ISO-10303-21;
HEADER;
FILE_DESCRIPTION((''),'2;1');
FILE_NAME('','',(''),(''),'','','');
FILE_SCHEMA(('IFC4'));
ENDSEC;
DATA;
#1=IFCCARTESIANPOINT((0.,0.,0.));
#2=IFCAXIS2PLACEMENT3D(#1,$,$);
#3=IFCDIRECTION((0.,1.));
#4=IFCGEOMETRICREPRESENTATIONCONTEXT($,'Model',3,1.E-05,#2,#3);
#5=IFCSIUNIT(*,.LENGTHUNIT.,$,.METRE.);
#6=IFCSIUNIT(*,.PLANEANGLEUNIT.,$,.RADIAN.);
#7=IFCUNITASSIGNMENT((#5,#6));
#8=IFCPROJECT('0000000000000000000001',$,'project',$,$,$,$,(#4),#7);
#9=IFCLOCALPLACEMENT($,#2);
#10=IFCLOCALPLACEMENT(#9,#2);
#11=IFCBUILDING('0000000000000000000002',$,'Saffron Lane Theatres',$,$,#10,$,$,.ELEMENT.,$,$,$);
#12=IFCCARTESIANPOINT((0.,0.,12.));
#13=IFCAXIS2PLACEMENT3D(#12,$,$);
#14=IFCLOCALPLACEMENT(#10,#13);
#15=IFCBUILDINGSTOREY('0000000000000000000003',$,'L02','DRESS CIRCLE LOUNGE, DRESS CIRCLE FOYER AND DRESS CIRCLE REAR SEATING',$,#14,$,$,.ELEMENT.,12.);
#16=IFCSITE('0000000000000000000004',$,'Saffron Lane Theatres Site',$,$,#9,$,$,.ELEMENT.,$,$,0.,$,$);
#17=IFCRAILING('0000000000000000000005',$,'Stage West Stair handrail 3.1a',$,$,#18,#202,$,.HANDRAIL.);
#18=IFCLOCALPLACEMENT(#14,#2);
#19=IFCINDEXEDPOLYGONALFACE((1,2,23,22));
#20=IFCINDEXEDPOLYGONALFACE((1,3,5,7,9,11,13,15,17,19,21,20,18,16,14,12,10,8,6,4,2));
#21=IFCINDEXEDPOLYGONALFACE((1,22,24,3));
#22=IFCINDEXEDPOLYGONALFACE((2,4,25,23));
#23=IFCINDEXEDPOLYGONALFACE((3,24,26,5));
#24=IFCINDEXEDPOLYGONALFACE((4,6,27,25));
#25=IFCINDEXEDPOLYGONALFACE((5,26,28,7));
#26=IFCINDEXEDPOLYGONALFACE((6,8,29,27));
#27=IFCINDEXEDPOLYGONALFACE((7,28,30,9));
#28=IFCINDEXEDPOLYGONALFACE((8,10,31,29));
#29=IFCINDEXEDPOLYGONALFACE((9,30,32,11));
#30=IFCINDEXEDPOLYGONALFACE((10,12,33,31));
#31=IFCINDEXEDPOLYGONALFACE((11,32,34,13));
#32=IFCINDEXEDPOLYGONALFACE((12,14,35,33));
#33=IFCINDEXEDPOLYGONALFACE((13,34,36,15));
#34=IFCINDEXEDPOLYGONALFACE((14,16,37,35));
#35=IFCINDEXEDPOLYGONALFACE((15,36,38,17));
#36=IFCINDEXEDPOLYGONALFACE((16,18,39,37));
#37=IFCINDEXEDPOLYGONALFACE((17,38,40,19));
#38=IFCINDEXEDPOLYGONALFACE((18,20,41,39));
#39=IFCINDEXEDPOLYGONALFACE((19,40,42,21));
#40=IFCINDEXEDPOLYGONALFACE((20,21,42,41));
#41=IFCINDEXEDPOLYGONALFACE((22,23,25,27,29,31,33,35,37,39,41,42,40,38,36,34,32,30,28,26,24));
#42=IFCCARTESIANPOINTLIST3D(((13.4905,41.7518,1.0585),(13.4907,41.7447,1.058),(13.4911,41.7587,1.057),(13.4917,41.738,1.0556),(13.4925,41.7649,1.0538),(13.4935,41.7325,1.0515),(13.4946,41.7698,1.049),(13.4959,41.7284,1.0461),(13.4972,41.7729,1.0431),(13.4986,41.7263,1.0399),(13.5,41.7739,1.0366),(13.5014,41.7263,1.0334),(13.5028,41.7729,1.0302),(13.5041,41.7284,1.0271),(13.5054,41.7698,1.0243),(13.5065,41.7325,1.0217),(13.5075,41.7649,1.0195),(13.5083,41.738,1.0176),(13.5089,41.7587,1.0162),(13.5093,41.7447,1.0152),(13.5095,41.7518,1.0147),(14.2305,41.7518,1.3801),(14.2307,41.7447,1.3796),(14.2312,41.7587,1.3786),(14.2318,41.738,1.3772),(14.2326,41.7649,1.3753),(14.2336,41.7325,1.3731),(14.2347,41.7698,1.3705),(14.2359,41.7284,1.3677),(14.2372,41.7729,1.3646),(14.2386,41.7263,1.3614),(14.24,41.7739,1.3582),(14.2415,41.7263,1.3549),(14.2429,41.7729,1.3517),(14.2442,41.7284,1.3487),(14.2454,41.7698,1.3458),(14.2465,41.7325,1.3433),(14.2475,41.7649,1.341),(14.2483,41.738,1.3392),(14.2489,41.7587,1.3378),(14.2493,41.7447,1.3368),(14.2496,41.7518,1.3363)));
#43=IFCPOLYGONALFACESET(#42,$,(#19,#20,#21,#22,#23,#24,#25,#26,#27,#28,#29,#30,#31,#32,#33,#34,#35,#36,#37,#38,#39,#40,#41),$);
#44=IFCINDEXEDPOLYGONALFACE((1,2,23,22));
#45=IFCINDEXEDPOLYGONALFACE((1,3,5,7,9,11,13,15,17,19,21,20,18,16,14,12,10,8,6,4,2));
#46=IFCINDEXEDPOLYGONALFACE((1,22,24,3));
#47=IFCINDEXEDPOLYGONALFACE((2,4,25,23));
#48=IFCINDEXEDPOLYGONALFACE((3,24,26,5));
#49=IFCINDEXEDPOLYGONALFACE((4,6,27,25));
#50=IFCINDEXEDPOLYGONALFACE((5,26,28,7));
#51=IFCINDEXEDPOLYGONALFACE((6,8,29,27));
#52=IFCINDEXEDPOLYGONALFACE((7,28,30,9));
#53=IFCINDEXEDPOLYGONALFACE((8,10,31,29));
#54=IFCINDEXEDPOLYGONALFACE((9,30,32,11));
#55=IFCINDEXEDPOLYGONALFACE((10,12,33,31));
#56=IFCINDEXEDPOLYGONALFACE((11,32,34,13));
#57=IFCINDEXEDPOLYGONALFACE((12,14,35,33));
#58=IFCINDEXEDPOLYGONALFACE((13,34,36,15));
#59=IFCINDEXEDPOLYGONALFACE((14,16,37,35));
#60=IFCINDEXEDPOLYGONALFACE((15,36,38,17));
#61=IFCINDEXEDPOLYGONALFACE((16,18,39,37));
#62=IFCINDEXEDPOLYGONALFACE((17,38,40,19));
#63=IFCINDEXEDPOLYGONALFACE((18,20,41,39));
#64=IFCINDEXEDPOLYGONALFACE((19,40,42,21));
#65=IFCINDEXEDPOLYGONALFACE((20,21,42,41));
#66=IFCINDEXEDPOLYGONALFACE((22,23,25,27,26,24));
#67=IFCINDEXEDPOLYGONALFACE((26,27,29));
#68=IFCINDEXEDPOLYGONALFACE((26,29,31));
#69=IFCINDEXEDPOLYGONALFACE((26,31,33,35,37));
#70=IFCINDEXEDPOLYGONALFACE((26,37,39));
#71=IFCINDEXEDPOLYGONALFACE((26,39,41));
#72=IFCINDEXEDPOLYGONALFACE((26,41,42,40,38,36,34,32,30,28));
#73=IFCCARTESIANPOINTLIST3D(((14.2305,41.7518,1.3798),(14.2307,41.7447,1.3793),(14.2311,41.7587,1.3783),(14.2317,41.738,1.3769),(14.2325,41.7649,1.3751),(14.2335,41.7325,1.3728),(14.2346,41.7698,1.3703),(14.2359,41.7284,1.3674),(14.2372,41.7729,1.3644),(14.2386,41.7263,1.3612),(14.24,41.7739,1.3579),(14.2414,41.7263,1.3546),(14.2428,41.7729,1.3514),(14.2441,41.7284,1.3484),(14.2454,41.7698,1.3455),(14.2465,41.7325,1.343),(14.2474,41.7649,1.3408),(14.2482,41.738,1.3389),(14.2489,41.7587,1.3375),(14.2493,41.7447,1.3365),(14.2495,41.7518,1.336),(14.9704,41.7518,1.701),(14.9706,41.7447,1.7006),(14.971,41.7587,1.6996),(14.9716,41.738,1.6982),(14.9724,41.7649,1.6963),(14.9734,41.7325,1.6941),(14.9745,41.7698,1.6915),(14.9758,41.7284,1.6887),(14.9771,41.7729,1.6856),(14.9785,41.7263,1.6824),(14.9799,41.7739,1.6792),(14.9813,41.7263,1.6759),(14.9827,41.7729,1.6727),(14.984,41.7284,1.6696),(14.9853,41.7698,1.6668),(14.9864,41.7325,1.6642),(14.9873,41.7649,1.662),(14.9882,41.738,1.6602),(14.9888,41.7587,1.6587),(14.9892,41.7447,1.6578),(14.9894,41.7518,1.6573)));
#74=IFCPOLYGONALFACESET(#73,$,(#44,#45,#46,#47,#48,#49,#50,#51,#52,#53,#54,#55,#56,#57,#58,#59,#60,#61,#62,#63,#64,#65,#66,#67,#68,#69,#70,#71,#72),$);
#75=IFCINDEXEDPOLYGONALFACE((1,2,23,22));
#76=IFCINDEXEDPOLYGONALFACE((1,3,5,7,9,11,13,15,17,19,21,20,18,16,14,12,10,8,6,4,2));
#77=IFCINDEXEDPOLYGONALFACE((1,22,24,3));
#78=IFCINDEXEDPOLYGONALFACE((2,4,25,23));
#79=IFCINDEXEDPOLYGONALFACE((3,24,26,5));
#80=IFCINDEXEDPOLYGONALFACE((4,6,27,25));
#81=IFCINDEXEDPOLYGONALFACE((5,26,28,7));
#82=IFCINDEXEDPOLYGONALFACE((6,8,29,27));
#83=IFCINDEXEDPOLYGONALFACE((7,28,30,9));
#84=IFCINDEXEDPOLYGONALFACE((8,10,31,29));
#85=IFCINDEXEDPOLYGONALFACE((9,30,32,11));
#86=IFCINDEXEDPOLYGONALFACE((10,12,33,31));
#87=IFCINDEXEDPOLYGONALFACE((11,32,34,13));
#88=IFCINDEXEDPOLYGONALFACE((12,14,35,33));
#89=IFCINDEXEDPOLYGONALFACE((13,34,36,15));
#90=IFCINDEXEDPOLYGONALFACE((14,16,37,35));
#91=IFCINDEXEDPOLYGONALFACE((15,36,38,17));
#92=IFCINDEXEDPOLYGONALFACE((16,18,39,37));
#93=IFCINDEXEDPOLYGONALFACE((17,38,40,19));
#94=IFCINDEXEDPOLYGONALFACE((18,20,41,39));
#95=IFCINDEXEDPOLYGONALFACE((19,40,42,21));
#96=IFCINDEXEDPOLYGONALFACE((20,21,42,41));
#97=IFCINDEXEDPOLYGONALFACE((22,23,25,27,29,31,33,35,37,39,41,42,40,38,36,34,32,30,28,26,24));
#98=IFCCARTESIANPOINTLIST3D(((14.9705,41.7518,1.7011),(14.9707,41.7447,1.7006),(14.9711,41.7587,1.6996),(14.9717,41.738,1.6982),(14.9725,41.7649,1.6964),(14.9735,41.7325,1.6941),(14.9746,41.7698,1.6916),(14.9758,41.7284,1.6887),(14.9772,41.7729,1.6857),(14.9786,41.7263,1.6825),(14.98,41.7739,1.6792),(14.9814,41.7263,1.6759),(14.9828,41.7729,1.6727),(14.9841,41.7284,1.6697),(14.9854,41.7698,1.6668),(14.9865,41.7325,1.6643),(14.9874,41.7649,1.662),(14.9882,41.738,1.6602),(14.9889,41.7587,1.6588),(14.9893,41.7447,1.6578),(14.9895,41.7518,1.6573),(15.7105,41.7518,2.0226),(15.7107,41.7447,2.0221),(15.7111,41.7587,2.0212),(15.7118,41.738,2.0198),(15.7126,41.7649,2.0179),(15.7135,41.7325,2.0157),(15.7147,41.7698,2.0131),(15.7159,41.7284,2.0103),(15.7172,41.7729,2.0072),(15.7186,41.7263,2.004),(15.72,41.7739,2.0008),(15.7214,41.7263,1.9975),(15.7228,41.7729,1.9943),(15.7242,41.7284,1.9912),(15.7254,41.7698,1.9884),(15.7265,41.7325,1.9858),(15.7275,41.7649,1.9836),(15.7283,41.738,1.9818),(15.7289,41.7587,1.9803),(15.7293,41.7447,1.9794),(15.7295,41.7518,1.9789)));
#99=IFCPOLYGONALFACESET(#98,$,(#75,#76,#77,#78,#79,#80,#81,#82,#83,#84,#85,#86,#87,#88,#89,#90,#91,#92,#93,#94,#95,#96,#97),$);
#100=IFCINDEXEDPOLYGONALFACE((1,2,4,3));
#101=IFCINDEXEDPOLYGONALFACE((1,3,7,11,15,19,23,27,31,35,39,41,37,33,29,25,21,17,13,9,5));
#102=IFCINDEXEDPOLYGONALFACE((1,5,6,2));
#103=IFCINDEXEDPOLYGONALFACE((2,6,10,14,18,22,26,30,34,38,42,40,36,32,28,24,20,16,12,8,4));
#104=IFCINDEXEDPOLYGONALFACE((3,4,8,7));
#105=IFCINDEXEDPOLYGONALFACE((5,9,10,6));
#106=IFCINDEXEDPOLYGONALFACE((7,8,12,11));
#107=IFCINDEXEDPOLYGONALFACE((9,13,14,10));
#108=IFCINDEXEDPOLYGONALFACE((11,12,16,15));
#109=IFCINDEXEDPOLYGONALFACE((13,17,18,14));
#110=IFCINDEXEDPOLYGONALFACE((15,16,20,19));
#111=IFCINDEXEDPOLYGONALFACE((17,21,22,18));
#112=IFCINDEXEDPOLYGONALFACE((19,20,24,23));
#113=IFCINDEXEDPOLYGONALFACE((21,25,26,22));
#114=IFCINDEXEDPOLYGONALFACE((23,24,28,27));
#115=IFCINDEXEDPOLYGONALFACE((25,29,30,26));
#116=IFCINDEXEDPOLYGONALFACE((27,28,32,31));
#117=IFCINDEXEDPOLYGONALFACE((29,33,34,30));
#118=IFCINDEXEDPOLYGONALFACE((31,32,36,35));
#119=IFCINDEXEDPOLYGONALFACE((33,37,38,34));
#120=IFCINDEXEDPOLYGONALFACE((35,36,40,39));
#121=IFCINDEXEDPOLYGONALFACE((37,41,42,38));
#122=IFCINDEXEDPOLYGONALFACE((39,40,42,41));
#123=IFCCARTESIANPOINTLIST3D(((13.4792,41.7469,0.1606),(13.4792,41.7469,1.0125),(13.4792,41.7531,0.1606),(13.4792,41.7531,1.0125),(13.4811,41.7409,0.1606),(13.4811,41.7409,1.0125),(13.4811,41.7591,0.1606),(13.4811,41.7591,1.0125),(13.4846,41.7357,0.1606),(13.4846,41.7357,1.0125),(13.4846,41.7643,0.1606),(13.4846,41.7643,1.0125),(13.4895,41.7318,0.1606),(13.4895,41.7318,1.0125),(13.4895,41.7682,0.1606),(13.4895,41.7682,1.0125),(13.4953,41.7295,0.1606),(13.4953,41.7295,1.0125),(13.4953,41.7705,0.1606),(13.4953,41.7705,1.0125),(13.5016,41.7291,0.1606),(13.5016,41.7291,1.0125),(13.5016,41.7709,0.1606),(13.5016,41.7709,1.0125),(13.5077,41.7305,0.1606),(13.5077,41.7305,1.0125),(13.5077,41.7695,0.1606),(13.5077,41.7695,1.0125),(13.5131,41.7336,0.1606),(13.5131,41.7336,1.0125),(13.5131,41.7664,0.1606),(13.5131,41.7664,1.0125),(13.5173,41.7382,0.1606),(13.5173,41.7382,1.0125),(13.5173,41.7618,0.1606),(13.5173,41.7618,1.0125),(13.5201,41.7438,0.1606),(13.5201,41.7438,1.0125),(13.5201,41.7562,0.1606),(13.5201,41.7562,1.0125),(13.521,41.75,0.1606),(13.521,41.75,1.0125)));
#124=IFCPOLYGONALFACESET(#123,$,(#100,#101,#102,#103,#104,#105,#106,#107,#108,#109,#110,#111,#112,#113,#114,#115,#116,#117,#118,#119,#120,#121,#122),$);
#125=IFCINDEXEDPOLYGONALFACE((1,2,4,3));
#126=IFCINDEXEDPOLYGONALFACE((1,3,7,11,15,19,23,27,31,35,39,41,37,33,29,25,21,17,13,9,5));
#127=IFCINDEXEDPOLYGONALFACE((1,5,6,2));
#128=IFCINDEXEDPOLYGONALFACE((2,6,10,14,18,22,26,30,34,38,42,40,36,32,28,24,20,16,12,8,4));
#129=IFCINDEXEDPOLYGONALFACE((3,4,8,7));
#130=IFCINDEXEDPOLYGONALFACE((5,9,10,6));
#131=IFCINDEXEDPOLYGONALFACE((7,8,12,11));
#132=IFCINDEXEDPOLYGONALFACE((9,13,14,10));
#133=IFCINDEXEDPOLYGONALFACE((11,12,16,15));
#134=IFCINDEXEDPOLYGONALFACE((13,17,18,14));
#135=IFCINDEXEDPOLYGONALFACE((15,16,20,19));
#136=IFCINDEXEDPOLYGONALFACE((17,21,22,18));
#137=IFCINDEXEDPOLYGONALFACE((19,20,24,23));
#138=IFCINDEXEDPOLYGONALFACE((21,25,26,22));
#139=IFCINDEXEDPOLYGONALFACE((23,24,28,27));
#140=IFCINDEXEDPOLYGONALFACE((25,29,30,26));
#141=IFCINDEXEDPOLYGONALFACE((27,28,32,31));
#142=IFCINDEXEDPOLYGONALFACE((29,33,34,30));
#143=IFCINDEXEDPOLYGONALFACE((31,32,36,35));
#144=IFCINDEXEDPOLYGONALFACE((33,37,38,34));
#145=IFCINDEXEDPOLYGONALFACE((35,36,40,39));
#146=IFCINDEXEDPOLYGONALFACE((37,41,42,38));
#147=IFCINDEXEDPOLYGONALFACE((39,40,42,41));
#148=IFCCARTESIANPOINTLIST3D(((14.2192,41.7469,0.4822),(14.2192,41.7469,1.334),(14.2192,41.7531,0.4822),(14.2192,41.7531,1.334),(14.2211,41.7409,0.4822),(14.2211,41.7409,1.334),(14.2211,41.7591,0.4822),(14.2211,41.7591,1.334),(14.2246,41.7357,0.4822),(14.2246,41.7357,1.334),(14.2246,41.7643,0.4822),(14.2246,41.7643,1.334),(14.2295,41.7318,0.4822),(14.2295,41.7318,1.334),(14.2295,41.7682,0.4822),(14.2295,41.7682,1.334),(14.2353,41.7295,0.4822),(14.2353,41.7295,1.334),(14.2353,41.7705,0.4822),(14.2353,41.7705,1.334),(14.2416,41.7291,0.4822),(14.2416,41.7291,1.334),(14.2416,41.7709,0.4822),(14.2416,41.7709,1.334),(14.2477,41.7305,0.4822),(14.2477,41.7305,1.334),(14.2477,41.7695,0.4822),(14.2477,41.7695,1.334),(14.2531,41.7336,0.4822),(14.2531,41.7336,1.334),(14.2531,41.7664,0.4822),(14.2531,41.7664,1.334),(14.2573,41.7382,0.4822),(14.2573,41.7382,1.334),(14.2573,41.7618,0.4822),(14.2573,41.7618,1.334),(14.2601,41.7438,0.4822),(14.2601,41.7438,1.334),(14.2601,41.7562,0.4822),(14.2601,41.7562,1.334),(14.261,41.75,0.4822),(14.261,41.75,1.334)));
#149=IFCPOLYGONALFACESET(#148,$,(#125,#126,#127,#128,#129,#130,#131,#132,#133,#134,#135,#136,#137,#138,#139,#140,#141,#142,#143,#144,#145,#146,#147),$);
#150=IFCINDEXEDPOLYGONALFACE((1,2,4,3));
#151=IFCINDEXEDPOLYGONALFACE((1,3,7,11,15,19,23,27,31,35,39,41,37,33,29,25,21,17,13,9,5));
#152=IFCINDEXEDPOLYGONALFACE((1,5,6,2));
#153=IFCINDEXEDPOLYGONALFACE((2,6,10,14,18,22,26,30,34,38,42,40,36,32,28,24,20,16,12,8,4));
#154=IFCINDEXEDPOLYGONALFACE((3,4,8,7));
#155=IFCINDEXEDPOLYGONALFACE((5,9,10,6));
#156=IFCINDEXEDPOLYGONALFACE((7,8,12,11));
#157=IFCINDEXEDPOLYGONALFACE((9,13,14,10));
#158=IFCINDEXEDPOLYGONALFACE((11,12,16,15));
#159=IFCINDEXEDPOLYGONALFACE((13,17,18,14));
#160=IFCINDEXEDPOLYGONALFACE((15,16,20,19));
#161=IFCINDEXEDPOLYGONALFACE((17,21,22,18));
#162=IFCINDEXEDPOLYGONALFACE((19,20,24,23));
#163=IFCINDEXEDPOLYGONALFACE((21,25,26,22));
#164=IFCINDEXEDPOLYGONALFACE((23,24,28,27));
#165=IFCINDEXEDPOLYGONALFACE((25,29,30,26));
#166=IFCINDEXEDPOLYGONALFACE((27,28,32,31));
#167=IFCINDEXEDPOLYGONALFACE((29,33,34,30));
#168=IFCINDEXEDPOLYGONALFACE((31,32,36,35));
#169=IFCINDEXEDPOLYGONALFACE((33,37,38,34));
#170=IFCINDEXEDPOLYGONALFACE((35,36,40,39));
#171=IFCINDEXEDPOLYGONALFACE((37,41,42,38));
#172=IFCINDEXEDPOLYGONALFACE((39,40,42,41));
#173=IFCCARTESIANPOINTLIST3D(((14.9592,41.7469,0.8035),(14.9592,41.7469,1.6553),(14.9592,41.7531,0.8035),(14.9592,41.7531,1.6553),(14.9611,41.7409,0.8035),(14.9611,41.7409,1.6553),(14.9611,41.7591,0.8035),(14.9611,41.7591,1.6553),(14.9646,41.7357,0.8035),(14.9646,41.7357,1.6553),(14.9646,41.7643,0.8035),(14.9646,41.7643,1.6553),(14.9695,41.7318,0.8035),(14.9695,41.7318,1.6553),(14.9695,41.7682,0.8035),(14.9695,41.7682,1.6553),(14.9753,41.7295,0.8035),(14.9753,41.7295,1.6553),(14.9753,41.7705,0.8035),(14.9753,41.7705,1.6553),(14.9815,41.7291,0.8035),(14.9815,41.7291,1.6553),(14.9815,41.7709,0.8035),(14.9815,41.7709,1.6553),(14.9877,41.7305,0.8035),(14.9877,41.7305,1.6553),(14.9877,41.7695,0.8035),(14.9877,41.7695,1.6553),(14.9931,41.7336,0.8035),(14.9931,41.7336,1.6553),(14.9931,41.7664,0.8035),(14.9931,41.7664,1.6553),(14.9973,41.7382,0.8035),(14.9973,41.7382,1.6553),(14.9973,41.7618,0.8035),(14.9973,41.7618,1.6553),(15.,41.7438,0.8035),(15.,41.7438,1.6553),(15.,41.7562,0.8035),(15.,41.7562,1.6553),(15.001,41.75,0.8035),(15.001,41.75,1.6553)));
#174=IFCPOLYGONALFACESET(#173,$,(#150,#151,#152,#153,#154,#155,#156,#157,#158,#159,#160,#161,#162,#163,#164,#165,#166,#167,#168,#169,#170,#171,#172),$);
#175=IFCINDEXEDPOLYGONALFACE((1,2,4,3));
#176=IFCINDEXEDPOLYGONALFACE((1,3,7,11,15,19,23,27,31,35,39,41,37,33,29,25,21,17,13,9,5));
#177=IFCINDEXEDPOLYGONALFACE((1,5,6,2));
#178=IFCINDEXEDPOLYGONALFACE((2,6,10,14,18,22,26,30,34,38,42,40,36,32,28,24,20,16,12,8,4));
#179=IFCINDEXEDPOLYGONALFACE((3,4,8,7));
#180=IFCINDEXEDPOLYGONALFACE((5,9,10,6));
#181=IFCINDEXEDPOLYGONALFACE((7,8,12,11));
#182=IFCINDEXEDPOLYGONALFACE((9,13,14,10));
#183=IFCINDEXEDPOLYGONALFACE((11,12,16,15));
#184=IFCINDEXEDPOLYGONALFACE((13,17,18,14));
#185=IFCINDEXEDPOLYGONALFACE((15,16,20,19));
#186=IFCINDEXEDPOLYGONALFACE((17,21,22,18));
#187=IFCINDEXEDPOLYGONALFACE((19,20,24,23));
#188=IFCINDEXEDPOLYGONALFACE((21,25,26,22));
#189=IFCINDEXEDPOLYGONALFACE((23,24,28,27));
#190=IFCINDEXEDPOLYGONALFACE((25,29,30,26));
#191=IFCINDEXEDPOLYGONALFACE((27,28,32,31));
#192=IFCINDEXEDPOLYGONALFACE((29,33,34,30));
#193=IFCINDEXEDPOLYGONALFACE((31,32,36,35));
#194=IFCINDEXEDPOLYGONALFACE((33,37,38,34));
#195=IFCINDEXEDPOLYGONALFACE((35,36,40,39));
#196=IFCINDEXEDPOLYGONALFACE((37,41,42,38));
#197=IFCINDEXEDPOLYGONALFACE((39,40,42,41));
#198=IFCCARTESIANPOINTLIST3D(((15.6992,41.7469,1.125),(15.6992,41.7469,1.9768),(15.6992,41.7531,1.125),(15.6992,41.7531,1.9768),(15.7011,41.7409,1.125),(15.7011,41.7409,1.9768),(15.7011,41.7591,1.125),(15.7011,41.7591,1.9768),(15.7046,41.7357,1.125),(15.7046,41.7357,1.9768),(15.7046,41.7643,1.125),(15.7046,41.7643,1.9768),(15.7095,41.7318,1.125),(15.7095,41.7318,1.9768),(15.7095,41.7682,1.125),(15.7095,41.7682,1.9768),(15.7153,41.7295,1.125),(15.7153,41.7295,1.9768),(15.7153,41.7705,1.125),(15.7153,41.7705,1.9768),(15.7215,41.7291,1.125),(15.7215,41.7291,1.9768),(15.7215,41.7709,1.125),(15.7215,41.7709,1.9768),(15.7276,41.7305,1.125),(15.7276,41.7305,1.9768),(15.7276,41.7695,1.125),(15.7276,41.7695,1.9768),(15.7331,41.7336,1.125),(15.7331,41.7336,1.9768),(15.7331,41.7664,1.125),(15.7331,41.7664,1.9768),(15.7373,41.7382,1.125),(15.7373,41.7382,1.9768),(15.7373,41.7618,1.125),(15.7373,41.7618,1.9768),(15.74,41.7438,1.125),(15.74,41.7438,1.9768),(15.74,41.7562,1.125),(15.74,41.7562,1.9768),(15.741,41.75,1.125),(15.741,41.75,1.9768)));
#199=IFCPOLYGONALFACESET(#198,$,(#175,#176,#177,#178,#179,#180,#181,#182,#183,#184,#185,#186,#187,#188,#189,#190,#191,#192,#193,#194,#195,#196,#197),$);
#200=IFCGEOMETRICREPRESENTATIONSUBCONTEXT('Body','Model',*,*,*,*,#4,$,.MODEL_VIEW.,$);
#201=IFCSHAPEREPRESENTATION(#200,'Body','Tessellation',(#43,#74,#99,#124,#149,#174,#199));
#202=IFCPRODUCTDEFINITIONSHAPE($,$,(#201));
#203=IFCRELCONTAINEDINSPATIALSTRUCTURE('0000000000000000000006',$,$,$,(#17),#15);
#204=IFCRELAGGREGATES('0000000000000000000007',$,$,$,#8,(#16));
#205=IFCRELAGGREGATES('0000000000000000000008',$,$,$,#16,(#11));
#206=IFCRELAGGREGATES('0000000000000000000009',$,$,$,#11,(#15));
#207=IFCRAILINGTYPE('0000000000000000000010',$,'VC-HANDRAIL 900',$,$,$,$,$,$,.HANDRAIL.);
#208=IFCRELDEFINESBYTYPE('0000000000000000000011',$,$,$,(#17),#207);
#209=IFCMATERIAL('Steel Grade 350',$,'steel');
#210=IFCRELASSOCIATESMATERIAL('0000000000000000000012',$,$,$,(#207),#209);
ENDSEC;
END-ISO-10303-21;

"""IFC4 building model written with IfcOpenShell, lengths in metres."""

from ifc_helpers import new_model, si_unit, direction, frame, origin, origin_2d, place, context, subcontext, project, spatial, circle, extrude, material, type_object, element, save


model = new_model("IFC4")

# Units and contexts
model_context = context("Model", 3, precision=1e-05, world=origin(), true_north=direction((0.0, 1.0)))
body_context = subcontext(model_context, "Body", "Model", "MODEL_VIEW")
ifc_project = project(units=[si_unit("LENGTHUNIT", "METRE"), si_unit("PLANEANGLEUNIT", "RADIAN")], contexts=[model_context])

# Site, building, storey
site_placement = place(None, origin())
site = spatial("IfcSite", under=ifc_project, at=site_placement, Name="Saffron Lane Theatres Site", CompositionType="ELEMENT", RefElevation=0.0)
building_placement = place(site_placement, origin())
building = spatial("IfcBuilding", under=site, at=building_placement, Name="Saffron Lane Theatres", CompositionType="ELEMENT")
storey_placement = place(building_placement, frame((0.0, 0.0, 12.0)))
storey = spatial("IfcBuildingStorey", under=building, at=storey_placement, Name="L02", Description="DRESS CIRCLE LOUNGE, DRESS CIRCLE FOYER AND DRESS CIRCLE REAR SEATING", CompositionType="ELEMENT", Elevation=12.0)

# Railing
ifc_material_1 = material(Name="Steel Grade 350", Category="steel")
railing_type_1 = type_object("IfcRailingType", Name="VC-HANDRAIL 900", PredefinedType="HANDRAIL", material=ifc_material_1)
for number, where, name in (
    (1, (13.5, 41.75, 0.1606), "Stage West Stair handrail 3.1a"),
):
    element("IfcRailing", number, at=place(storey_placement, frame(where)), inside=storey, type_object=railing_type_1, Name=name, PredefinedType="HANDRAIL", context=body_context, shape_type="SweptSolid", body=[
        extrude(circle(Radius=0.0239, at=origin_2d()), frame((0.0, 0.0, 0.876), z_axis=(0.917161, 0.0, 0.398516), x_axis=(0.0, 1.0, 0.0)), (0.0, 0.0, 1.0), 0.8069),
        extrude(circle(Radius=0.0239, at=origin_2d()), frame((0.74, 0.0, 1.1973), z_axis=(0.917272, 0.0, 0.398261), x_axis=(0.0, 1.0, 0.0)), (0.0, 0.0, 1.0), 0.8066),
        extrude(circle(Radius=0.0239, at=origin_2d()), frame((1.48, 0.0, 1.5186), z_axis=(0.917161, 0.0, 0.398516), x_axis=(0.0, 1.0, 0.0)), (0.0, 0.0, 1.0), 0.8069),
        extrude(circle(Radius=0.021, at=origin_2d()), origin(), (0.0, 0.0, 1.0), 0.8518),
        extrude(circle(Radius=0.021, at=origin_2d()), frame((0.74, 0.0, 0.3215)), (0.0, 0.0, 1.0), 0.8518),
        extrude(circle(Radius=0.021, at=origin_2d()), frame((1.48, 0.0, 0.6428)), (0.0, 0.0, 1.0), 0.8518),
        extrude(circle(Radius=0.021, at=origin_2d()), frame((2.22, 0.0, 0.9644)), (0.0, 0.0, 1.0), 0.8518),
    ])

save(model, "model.ifc")
